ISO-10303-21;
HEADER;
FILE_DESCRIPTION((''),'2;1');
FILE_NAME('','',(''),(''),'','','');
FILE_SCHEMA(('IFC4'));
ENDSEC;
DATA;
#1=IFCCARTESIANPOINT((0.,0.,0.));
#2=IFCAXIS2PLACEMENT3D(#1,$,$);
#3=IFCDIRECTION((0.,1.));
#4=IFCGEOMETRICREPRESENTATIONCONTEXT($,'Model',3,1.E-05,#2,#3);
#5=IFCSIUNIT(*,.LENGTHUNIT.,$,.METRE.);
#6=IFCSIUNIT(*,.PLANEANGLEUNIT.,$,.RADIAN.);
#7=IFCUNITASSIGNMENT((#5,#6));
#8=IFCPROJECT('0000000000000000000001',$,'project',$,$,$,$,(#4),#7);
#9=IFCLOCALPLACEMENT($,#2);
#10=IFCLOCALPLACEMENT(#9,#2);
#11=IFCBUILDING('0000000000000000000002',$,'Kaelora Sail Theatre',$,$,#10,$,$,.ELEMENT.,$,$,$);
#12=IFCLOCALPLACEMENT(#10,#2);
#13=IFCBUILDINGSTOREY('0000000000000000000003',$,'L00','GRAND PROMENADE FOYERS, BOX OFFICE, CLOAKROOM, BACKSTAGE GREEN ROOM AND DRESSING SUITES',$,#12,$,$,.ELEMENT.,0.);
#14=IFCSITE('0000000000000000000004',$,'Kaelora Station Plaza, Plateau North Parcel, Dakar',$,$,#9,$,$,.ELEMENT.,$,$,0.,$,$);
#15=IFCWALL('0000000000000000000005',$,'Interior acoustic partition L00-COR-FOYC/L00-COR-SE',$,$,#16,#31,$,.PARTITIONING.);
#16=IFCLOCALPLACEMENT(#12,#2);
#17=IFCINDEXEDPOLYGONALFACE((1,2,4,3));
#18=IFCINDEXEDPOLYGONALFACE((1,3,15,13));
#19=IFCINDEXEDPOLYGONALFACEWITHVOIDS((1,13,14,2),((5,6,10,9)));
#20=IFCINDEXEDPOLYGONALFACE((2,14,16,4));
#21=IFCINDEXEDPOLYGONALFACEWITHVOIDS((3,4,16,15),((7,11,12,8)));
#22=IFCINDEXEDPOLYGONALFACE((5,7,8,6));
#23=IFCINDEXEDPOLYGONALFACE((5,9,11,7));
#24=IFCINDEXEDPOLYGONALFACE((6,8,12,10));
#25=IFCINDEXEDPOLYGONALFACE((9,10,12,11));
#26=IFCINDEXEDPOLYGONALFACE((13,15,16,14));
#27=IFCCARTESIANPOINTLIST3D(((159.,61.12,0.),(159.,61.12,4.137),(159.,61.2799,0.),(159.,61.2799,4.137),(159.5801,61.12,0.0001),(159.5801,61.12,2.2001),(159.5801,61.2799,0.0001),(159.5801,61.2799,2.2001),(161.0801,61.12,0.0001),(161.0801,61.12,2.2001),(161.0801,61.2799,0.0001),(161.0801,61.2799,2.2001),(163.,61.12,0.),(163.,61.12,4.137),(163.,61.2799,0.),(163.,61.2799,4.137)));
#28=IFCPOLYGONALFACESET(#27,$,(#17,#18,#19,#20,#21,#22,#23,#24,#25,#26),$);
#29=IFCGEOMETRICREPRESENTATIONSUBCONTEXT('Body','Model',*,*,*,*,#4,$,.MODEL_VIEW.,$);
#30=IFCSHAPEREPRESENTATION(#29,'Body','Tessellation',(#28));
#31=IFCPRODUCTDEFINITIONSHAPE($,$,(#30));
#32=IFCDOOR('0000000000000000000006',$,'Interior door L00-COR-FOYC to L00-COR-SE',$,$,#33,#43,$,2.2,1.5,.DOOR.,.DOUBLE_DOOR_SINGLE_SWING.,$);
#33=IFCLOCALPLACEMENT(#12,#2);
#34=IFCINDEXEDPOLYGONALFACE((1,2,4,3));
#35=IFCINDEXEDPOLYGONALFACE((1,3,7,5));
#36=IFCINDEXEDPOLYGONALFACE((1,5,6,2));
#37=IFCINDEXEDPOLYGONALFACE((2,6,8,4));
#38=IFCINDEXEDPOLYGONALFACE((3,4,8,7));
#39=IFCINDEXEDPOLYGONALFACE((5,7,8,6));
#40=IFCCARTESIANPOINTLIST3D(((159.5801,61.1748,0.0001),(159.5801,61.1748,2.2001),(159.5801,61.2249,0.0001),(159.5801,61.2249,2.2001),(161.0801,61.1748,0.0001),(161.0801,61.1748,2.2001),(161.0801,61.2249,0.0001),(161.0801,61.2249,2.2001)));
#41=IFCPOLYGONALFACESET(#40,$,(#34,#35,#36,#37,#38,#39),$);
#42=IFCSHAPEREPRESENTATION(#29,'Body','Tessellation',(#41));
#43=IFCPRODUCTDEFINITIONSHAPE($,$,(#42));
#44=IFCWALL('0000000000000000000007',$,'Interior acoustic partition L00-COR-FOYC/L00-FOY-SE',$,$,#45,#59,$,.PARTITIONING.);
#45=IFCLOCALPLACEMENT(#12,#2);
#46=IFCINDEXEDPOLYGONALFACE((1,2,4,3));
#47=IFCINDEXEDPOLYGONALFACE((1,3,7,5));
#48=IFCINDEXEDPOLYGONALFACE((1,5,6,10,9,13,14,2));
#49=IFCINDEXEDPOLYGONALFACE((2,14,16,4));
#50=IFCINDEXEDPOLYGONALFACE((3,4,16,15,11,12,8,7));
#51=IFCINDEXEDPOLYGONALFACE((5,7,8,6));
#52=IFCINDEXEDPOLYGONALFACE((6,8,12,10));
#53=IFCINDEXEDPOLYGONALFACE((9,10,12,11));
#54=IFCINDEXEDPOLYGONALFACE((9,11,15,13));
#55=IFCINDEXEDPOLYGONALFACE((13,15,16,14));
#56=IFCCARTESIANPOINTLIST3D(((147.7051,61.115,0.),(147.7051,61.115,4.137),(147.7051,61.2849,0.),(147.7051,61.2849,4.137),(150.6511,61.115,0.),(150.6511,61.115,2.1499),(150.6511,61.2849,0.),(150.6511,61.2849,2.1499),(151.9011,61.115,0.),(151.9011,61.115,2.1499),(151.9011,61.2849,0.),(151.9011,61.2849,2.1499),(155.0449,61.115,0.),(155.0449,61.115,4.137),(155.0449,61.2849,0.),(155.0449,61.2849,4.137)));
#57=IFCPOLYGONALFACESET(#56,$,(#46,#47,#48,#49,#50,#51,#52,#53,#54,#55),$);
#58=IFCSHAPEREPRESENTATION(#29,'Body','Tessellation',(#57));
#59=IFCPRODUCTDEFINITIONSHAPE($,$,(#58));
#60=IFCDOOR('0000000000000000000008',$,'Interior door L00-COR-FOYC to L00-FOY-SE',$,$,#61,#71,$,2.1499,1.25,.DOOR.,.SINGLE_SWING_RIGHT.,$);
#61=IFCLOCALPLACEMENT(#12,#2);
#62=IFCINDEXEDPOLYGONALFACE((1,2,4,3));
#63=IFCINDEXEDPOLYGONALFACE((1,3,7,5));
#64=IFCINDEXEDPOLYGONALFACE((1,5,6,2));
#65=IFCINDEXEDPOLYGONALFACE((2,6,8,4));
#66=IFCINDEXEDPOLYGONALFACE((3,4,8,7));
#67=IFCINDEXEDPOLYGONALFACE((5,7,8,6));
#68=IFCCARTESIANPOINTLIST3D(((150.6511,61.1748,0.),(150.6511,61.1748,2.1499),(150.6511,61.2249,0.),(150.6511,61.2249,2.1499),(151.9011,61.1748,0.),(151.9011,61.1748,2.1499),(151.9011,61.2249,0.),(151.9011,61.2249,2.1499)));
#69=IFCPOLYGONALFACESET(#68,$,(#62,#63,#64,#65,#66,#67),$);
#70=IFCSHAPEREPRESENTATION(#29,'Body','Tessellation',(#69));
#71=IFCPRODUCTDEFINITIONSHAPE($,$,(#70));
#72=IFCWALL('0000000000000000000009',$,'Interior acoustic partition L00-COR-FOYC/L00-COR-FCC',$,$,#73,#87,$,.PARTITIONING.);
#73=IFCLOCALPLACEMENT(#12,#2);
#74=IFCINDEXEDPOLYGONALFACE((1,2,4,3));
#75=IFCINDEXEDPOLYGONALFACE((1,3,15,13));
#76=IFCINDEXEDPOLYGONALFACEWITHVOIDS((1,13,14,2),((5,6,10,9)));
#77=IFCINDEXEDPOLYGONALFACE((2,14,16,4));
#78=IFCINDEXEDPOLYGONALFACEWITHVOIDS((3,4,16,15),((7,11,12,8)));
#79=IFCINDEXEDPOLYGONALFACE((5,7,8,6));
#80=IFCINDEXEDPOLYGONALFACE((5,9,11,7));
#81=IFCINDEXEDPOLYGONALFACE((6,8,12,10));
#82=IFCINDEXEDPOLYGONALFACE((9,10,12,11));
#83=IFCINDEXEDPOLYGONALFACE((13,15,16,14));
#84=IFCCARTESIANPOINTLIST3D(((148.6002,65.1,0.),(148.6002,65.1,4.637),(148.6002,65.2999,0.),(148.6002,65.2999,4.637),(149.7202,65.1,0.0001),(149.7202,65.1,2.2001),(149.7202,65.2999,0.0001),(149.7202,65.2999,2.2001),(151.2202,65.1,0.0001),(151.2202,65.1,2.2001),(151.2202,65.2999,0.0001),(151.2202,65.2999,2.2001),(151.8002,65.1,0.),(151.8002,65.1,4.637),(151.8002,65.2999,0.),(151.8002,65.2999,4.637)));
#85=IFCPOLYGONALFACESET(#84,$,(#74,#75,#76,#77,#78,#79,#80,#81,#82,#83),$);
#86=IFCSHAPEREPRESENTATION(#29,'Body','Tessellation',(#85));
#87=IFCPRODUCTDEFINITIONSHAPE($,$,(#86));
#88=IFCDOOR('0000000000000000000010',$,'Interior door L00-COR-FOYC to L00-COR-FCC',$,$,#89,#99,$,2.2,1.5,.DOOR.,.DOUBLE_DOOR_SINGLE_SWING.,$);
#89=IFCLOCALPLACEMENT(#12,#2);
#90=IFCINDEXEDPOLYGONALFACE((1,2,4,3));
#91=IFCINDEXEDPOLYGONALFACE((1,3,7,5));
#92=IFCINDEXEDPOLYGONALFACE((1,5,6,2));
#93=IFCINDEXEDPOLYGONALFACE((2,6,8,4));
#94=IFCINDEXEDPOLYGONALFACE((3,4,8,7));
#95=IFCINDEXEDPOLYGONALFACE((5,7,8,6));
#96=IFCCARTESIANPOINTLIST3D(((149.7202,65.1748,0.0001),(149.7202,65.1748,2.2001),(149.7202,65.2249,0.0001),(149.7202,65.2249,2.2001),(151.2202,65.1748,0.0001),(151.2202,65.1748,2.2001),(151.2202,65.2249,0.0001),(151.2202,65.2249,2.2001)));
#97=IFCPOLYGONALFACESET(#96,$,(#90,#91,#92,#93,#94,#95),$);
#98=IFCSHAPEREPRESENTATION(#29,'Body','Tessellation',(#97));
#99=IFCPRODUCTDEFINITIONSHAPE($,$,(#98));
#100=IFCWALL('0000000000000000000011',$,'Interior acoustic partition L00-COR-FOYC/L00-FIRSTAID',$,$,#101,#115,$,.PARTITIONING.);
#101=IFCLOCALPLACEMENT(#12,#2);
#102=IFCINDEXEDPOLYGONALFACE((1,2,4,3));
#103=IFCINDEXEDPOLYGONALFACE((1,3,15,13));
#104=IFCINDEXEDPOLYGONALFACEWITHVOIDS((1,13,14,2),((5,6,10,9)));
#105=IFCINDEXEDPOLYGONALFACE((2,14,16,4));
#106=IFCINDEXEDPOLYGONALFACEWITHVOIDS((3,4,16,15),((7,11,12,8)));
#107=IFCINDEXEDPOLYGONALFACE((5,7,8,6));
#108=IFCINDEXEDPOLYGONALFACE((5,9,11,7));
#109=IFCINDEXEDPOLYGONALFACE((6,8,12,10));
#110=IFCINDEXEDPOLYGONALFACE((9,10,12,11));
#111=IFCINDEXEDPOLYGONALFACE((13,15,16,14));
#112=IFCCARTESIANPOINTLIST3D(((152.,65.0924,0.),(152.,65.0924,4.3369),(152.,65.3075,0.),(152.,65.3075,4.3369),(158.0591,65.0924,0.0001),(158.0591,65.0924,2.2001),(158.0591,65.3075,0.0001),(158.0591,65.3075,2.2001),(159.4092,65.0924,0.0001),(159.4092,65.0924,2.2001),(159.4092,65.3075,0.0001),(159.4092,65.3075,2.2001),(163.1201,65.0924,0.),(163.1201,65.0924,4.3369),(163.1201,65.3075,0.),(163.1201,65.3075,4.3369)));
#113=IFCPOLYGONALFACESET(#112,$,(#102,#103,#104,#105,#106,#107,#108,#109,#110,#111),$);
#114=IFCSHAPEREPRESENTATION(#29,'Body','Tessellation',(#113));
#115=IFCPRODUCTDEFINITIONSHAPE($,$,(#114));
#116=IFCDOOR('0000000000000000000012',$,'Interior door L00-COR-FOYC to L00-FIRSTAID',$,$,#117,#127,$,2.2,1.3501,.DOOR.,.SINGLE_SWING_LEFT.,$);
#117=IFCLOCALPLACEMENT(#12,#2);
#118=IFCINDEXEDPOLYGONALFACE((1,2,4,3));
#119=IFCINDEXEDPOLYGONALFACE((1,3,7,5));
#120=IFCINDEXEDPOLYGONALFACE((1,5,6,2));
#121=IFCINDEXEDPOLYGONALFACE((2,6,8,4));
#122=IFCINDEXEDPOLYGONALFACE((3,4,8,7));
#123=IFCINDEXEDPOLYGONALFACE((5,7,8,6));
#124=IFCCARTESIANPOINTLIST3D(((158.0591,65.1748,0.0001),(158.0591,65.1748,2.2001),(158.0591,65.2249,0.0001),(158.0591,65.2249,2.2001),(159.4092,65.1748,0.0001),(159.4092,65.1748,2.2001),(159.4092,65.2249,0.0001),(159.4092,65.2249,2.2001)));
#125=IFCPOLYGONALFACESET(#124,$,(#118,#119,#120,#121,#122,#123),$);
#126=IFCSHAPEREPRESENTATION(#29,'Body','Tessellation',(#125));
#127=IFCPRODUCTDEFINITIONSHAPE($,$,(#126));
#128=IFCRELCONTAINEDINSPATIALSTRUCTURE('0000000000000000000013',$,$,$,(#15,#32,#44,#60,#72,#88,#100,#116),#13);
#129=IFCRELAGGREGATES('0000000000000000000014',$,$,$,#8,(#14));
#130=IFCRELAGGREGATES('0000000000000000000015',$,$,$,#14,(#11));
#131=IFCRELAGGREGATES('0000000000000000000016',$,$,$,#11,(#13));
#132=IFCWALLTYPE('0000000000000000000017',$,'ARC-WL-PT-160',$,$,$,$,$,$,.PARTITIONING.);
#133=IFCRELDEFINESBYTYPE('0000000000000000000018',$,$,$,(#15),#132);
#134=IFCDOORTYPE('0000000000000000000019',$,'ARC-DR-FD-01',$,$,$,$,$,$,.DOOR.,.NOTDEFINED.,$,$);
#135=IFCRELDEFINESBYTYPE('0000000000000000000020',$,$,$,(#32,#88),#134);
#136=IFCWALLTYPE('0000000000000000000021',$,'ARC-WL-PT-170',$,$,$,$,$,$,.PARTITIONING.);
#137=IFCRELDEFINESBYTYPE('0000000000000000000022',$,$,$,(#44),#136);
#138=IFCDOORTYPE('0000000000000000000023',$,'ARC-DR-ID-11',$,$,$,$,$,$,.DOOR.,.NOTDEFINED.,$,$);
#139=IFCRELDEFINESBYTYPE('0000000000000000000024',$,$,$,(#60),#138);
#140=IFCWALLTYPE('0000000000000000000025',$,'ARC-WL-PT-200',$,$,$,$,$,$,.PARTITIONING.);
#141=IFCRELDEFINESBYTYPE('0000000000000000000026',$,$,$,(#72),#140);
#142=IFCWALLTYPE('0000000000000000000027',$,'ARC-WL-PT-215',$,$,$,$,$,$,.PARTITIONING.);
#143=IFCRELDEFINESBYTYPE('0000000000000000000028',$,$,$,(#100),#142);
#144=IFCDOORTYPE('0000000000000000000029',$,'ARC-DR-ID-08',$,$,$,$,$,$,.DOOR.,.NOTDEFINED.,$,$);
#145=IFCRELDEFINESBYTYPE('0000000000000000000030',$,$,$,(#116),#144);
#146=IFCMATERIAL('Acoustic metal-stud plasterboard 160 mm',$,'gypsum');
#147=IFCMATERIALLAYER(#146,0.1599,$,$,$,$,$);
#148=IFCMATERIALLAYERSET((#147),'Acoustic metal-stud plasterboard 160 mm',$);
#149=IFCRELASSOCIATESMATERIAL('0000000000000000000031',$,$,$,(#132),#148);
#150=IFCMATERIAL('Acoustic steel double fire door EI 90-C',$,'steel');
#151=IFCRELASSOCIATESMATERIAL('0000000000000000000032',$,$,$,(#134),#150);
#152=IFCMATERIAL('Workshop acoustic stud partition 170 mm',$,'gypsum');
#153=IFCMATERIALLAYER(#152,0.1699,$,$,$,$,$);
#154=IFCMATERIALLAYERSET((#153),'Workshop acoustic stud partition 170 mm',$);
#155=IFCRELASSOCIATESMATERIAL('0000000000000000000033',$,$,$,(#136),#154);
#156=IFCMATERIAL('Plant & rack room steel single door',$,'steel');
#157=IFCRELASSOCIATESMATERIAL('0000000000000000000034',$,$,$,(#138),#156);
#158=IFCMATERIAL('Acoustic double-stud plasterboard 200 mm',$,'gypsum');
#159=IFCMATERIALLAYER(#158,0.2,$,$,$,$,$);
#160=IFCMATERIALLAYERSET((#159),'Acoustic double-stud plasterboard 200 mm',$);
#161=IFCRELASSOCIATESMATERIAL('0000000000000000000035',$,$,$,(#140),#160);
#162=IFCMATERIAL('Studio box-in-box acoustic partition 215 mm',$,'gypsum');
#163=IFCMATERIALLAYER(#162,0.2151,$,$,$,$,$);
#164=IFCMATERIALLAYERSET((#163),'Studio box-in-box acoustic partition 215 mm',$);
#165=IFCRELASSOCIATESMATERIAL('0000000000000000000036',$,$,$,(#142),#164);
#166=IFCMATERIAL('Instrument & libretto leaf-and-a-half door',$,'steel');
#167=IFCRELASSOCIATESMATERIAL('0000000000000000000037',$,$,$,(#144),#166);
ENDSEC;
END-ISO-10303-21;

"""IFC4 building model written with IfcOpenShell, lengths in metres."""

from ifc_helpers import new_model, si_unit, direction, frame, frame_2d, origin, place, context, subcontext, project, spatial, rectangle, extrude, material, layer, layer_set, type_object, element, fill, save


model = new_model("IFC4")

# Units and contexts
model_context = context("Model", 3, precision=1e-05, world=origin(), true_north=direction((0.0, 1.0)))
body_context = subcontext(model_context, "Body", "Model", "MODEL_VIEW")
ifc_project = project(units=[si_unit("LENGTHUNIT", "METRE"), si_unit("PLANEANGLEUNIT", "RADIAN")], contexts=[model_context])

# Site, building, storey
site_placement = place(None, origin())
site = spatial("IfcSite", under=ifc_project, at=site_placement, Name="Kaelora Station Plaza, Plateau North Parcel, Dakar", CompositionType="ELEMENT", RefElevation=0.0)
building_placement = place(site_placement, origin())
building = spatial("IfcBuilding", under=site, at=building_placement, Name="Kaelora Sail Theatre", CompositionType="ELEMENT")
storey_placement = place(building_placement, origin())
storey = spatial("IfcBuildingStorey", under=building, at=storey_placement, Name="L00", Description="GRAND PROMENADE FOYERS, BOX OFFICE, CLOAKROOM, BACKSTAGE GREEN ROOM AND DRESSING SUITES", CompositionType="ELEMENT", Elevation=0.0)

# Walls, openings, doors
ifc_material_1 = material(Name="Acoustic metal-stud plasterboard 160 mm", Category="gypsum")
ifc_layer_1 = layer(ifc_material_1, 0.1599)
ifc_layer_set_1 = layer_set([ifc_layer_1], Name="Acoustic metal-stud plasterboard 160 mm")
wall_type_1 = type_object("IfcWallType", Name="ARC-WL-PT-160", PredefinedType="PARTITIONING", material=ifc_layer_set_1)
wall_1_placement = place(storey_placement, frame((159.0, 61.2, 0.0), z_axis=(0.0, 0.0, 1.0), x_axis=(1.0, 0.0, 0.0)))
wall_1 = element("IfcWall", 1, at=wall_1_placement, inside=storey, type_object=wall_type_1, Name="Interior acoustic partition L00-COR-FOYC/L00-COR-SE", PredefinedType="PARTITIONING", context=body_context, shape_type="SweptSolid", body=[
    extrude(rectangle(XDim=4.0, YDim=0.1599, at=frame_2d((2.0, 0.0))), origin(), (0.0, 0.0, 1.0), 4.137),
])
opening_1_placement = place(wall_1_placement, frame((0.5801, 0.0, 0.0)))
opening_1 = element("IfcOpeningElement", 2, at=opening_1_placement, cuts=wall_1, PredefinedType="OPENING", context=body_context, shape_type="SweptSolid", body=[
    extrude(rectangle(XDim=1.5, YDim=2.2, at=frame_2d((0.75, 1.1001))), frame((0.0, 0.0901, 0.0), z_axis=(0.0, -1.0, 0.0), x_axis=(1.0, 0.0, 0.0)), (0.0, 0.0, 1.0), 0.1799),
])
ifc_material_2 = material(Name="Acoustic steel double fire door EI 90-C", Category="steel")
door_type_1 = type_object("IfcDoorType", Name="ARC-DR-FD-01", OperationType="NOTDEFINED", PredefinedType="DOOR", material=ifc_material_2)
door_1_placement = place(opening_1_placement, origin())
door_1 = element("IfcDoor", 3, at=door_1_placement, inside=storey, type_object=door_type_1, Name="Interior door L00-COR-FOYC to L00-COR-SE", OperationType="DOUBLE_DOOR_SINGLE_SWING", OverallHeight=2.2, OverallWidth=1.5, PredefinedType="DOOR", context=body_context, shape_type="SweptSolid", body=[
    extrude(rectangle(XDim=1.5, YDim=2.2, at=frame_2d((0.75, 1.1001))), frame((0.0, 0.0249, 0.0), z_axis=(0.0, -1.0, 0.0), x_axis=(1.0, 0.0, 0.0)), (0.0, 0.0, 1.0), 0.05),
])
fill(opening_1, door_1)
ifc_material_3 = material(Name="Workshop acoustic stud partition 170 mm", Category="gypsum")
ifc_layer_2 = layer(ifc_material_3, 0.1699)
ifc_layer_set_2 = layer_set([ifc_layer_2], Name="Workshop acoustic stud partition 170 mm")
wall_type_2 = type_object("IfcWallType", Name="ARC-WL-PT-170", PredefinedType="PARTITIONING", material=ifc_layer_set_2)
wall_2_placement = place(storey_placement, frame((147.7051, 61.2, 0.0), z_axis=(0.0, 0.0, 1.0), x_axis=(1.0, 0.0, 0.0)))
wall_2 = element("IfcWall", 4, at=wall_2_placement, inside=storey, type_object=wall_type_2, Name="Interior acoustic partition L00-COR-FOYC/L00-FOY-SE", PredefinedType="PARTITIONING", context=body_context, shape_type="SweptSolid", body=[
    extrude(rectangle(XDim=7.3398, YDim=0.1699, at=frame_2d((3.6699, 0.0))), origin(), (0.0, 0.0, 1.0), 4.137),
])
opening_2_placement = place(wall_2_placement, frame((2.946, 0.0, 0.0)))
opening_2 = element("IfcOpeningElement", 5, at=opening_2_placement, cuts=wall_2, PredefinedType="OPENING", context=body_context, shape_type="SweptSolid", body=[
    extrude(rectangle(XDim=1.25, YDim=2.1499, at=frame_2d((0.625, 1.075))), frame((0.0, 0.095, 0.0), z_axis=(0.0, -1.0, 0.0), x_axis=(1.0, 0.0, 0.0)), (0.0, 0.0, 1.0), 0.1899),
])
ifc_material_4 = material(Name="Plant & rack room steel single door", Category="steel")
door_type_2 = type_object("IfcDoorType", Name="ARC-DR-ID-11", OperationType="NOTDEFINED", PredefinedType="DOOR", material=ifc_material_4)
door_2_placement = place(opening_2_placement, origin())
door_2 = element("IfcDoor", 6, at=door_2_placement, inside=storey, type_object=door_type_2, Name="Interior door L00-COR-FOYC to L00-FOY-SE", OperationType="SINGLE_SWING_RIGHT", OverallHeight=2.1499, OverallWidth=1.25, PredefinedType="DOOR", context=body_context, shape_type="SweptSolid", body=[
    extrude(rectangle(XDim=1.25, YDim=2.1499, at=frame_2d((0.625, 1.075))), frame((0.0, 0.0249, 0.0), z_axis=(0.0, -1.0, 0.0), x_axis=(1.0, 0.0, 0.0)), (0.0, 0.0, 1.0), 0.05),
])
fill(opening_2, door_2)
ifc_material_5 = material(Name="Acoustic double-stud plasterboard 200 mm", Category="gypsum")
ifc_layer_3 = layer(ifc_material_5, 0.2)
ifc_layer_set_3 = layer_set([ifc_layer_3], Name="Acoustic double-stud plasterboard 200 mm")
wall_type_3 = type_object("IfcWallType", Name="ARC-WL-PT-200", PredefinedType="PARTITIONING", material=ifc_layer_set_3)
wall_3_placement = place(storey_placement, frame((148.6001, 65.2, 0.0), z_axis=(0.0, 0.0, 1.0), x_axis=(1.0, 0.0, 0.0)))
wall_3 = element("IfcWall", 7, at=wall_3_placement, inside=storey, type_object=wall_type_3, Name="Interior acoustic partition L00-COR-FOYC/L00-COR-FCC", PredefinedType="PARTITIONING", context=body_context, shape_type="SweptSolid", body=[
    extrude(rectangle(XDim=3.2, YDim=0.2, at=frame_2d((1.6001, 0.0))), origin(), (0.0, 0.0, 1.0), 4.637),
])
opening_3_placement = place(wall_3_placement, frame((1.1201, 0.0, 0.0)))
opening_3 = element("IfcOpeningElement", 8, at=opening_3_placement, cuts=wall_3, PredefinedType="OPENING", context=body_context, shape_type="SweptSolid", body=[
    extrude(rectangle(XDim=1.5, YDim=2.2, at=frame_2d((0.75, 1.1001))), frame((0.0, 0.1101, 0.0), z_axis=(0.0, -1.0, 0.0), x_axis=(1.0, 0.0, 0.0)), (0.0, 0.0, 1.0), 0.22),
])
door_3_placement = place(opening_3_placement, origin())
door_3 = element("IfcDoor", 9, at=door_3_placement, inside=storey, type_object=door_type_1, Name="Interior door L00-COR-FOYC to L00-COR-FCC", OperationType="DOUBLE_DOOR_SINGLE_SWING", OverallHeight=2.2, OverallWidth=1.5, PredefinedType="DOOR", context=body_context, shape_type="SweptSolid", body=[
    extrude(rectangle(XDim=1.5, YDim=2.2, at=frame_2d((0.75, 1.1001))), frame((0.0, 0.0249, 0.0), z_axis=(0.0, -1.0, 0.0), x_axis=(1.0, 0.0, 0.0)), (0.0, 0.0, 1.0), 0.05),
])
fill(opening_3, door_3)
ifc_material_6 = material(Name="Studio box-in-box acoustic partition 215 mm", Category="gypsum")
ifc_layer_4 = layer(ifc_material_6, 0.2151)
ifc_layer_set_4 = layer_set([ifc_layer_4], Name="Studio box-in-box acoustic partition 215 mm")
wall_type_4 = type_object("IfcWallType", Name="ARC-WL-PT-215", PredefinedType="PARTITIONING", material=ifc_layer_set_4)
wall_4_placement = place(storey_placement, frame((152.0, 65.2, 0.0), z_axis=(0.0, 0.0, 1.0), x_axis=(1.0, 0.0, 0.0)))
wall_4 = element("IfcWall", 10, at=wall_4_placement, inside=storey, type_object=wall_type_4, Name="Interior acoustic partition L00-COR-FOYC/L00-FIRSTAID", PredefinedType="PARTITIONING", context=body_context, shape_type="SweptSolid", body=[
    extrude(rectangle(XDim=11.1201, YDim=0.2151, at=frame_2d((5.5601, 0.0))), origin(), (0.0, 0.0, 1.0), 4.3369),
])
opening_4_placement = place(wall_4_placement, frame((6.0591, 0.0, 0.0)))
opening_4 = element("IfcOpeningElement", 11, at=opening_4_placement, cuts=wall_4, PredefinedType="OPENING", context=body_context, shape_type="SweptSolid", body=[
    extrude(rectangle(XDim=1.3501, YDim=2.2, at=frame_2d((0.675, 1.1001))), frame((0.0, 0.1174, 0.0), z_axis=(0.0, -1.0, 0.0), x_axis=(1.0, 0.0, 0.0)), (0.0, 0.0, 1.0), 0.2351),
])
ifc_material_7 = material(Name="Instrument & libretto leaf-and-a-half door", Category="steel")
door_type_3 = type_object("IfcDoorType", Name="ARC-DR-ID-08", OperationType="NOTDEFINED", PredefinedType="DOOR", material=ifc_material_7)
door_4_placement = place(opening_4_placement, origin())
door_4 = element("IfcDoor", 12, at=door_4_placement, inside=storey, type_object=door_type_3, Name="Interior door L00-COR-FOYC to L00-FIRSTAID", OperationType="SINGLE_SWING_LEFT", OverallHeight=2.2, OverallWidth=1.3501, PredefinedType="DOOR", context=body_context, shape_type="SweptSolid", body=[
    extrude(rectangle(XDim=1.3501, YDim=2.2, at=frame_2d((0.675, 1.1001))), frame((0.0, 0.0249, 0.0), z_axis=(0.0, -1.0, 0.0), x_axis=(1.0, 0.0, 0.0)), (0.0, 0.0, 1.0), 0.05),
])
fill(opening_4, door_4)

save(model, "model.ifc")
